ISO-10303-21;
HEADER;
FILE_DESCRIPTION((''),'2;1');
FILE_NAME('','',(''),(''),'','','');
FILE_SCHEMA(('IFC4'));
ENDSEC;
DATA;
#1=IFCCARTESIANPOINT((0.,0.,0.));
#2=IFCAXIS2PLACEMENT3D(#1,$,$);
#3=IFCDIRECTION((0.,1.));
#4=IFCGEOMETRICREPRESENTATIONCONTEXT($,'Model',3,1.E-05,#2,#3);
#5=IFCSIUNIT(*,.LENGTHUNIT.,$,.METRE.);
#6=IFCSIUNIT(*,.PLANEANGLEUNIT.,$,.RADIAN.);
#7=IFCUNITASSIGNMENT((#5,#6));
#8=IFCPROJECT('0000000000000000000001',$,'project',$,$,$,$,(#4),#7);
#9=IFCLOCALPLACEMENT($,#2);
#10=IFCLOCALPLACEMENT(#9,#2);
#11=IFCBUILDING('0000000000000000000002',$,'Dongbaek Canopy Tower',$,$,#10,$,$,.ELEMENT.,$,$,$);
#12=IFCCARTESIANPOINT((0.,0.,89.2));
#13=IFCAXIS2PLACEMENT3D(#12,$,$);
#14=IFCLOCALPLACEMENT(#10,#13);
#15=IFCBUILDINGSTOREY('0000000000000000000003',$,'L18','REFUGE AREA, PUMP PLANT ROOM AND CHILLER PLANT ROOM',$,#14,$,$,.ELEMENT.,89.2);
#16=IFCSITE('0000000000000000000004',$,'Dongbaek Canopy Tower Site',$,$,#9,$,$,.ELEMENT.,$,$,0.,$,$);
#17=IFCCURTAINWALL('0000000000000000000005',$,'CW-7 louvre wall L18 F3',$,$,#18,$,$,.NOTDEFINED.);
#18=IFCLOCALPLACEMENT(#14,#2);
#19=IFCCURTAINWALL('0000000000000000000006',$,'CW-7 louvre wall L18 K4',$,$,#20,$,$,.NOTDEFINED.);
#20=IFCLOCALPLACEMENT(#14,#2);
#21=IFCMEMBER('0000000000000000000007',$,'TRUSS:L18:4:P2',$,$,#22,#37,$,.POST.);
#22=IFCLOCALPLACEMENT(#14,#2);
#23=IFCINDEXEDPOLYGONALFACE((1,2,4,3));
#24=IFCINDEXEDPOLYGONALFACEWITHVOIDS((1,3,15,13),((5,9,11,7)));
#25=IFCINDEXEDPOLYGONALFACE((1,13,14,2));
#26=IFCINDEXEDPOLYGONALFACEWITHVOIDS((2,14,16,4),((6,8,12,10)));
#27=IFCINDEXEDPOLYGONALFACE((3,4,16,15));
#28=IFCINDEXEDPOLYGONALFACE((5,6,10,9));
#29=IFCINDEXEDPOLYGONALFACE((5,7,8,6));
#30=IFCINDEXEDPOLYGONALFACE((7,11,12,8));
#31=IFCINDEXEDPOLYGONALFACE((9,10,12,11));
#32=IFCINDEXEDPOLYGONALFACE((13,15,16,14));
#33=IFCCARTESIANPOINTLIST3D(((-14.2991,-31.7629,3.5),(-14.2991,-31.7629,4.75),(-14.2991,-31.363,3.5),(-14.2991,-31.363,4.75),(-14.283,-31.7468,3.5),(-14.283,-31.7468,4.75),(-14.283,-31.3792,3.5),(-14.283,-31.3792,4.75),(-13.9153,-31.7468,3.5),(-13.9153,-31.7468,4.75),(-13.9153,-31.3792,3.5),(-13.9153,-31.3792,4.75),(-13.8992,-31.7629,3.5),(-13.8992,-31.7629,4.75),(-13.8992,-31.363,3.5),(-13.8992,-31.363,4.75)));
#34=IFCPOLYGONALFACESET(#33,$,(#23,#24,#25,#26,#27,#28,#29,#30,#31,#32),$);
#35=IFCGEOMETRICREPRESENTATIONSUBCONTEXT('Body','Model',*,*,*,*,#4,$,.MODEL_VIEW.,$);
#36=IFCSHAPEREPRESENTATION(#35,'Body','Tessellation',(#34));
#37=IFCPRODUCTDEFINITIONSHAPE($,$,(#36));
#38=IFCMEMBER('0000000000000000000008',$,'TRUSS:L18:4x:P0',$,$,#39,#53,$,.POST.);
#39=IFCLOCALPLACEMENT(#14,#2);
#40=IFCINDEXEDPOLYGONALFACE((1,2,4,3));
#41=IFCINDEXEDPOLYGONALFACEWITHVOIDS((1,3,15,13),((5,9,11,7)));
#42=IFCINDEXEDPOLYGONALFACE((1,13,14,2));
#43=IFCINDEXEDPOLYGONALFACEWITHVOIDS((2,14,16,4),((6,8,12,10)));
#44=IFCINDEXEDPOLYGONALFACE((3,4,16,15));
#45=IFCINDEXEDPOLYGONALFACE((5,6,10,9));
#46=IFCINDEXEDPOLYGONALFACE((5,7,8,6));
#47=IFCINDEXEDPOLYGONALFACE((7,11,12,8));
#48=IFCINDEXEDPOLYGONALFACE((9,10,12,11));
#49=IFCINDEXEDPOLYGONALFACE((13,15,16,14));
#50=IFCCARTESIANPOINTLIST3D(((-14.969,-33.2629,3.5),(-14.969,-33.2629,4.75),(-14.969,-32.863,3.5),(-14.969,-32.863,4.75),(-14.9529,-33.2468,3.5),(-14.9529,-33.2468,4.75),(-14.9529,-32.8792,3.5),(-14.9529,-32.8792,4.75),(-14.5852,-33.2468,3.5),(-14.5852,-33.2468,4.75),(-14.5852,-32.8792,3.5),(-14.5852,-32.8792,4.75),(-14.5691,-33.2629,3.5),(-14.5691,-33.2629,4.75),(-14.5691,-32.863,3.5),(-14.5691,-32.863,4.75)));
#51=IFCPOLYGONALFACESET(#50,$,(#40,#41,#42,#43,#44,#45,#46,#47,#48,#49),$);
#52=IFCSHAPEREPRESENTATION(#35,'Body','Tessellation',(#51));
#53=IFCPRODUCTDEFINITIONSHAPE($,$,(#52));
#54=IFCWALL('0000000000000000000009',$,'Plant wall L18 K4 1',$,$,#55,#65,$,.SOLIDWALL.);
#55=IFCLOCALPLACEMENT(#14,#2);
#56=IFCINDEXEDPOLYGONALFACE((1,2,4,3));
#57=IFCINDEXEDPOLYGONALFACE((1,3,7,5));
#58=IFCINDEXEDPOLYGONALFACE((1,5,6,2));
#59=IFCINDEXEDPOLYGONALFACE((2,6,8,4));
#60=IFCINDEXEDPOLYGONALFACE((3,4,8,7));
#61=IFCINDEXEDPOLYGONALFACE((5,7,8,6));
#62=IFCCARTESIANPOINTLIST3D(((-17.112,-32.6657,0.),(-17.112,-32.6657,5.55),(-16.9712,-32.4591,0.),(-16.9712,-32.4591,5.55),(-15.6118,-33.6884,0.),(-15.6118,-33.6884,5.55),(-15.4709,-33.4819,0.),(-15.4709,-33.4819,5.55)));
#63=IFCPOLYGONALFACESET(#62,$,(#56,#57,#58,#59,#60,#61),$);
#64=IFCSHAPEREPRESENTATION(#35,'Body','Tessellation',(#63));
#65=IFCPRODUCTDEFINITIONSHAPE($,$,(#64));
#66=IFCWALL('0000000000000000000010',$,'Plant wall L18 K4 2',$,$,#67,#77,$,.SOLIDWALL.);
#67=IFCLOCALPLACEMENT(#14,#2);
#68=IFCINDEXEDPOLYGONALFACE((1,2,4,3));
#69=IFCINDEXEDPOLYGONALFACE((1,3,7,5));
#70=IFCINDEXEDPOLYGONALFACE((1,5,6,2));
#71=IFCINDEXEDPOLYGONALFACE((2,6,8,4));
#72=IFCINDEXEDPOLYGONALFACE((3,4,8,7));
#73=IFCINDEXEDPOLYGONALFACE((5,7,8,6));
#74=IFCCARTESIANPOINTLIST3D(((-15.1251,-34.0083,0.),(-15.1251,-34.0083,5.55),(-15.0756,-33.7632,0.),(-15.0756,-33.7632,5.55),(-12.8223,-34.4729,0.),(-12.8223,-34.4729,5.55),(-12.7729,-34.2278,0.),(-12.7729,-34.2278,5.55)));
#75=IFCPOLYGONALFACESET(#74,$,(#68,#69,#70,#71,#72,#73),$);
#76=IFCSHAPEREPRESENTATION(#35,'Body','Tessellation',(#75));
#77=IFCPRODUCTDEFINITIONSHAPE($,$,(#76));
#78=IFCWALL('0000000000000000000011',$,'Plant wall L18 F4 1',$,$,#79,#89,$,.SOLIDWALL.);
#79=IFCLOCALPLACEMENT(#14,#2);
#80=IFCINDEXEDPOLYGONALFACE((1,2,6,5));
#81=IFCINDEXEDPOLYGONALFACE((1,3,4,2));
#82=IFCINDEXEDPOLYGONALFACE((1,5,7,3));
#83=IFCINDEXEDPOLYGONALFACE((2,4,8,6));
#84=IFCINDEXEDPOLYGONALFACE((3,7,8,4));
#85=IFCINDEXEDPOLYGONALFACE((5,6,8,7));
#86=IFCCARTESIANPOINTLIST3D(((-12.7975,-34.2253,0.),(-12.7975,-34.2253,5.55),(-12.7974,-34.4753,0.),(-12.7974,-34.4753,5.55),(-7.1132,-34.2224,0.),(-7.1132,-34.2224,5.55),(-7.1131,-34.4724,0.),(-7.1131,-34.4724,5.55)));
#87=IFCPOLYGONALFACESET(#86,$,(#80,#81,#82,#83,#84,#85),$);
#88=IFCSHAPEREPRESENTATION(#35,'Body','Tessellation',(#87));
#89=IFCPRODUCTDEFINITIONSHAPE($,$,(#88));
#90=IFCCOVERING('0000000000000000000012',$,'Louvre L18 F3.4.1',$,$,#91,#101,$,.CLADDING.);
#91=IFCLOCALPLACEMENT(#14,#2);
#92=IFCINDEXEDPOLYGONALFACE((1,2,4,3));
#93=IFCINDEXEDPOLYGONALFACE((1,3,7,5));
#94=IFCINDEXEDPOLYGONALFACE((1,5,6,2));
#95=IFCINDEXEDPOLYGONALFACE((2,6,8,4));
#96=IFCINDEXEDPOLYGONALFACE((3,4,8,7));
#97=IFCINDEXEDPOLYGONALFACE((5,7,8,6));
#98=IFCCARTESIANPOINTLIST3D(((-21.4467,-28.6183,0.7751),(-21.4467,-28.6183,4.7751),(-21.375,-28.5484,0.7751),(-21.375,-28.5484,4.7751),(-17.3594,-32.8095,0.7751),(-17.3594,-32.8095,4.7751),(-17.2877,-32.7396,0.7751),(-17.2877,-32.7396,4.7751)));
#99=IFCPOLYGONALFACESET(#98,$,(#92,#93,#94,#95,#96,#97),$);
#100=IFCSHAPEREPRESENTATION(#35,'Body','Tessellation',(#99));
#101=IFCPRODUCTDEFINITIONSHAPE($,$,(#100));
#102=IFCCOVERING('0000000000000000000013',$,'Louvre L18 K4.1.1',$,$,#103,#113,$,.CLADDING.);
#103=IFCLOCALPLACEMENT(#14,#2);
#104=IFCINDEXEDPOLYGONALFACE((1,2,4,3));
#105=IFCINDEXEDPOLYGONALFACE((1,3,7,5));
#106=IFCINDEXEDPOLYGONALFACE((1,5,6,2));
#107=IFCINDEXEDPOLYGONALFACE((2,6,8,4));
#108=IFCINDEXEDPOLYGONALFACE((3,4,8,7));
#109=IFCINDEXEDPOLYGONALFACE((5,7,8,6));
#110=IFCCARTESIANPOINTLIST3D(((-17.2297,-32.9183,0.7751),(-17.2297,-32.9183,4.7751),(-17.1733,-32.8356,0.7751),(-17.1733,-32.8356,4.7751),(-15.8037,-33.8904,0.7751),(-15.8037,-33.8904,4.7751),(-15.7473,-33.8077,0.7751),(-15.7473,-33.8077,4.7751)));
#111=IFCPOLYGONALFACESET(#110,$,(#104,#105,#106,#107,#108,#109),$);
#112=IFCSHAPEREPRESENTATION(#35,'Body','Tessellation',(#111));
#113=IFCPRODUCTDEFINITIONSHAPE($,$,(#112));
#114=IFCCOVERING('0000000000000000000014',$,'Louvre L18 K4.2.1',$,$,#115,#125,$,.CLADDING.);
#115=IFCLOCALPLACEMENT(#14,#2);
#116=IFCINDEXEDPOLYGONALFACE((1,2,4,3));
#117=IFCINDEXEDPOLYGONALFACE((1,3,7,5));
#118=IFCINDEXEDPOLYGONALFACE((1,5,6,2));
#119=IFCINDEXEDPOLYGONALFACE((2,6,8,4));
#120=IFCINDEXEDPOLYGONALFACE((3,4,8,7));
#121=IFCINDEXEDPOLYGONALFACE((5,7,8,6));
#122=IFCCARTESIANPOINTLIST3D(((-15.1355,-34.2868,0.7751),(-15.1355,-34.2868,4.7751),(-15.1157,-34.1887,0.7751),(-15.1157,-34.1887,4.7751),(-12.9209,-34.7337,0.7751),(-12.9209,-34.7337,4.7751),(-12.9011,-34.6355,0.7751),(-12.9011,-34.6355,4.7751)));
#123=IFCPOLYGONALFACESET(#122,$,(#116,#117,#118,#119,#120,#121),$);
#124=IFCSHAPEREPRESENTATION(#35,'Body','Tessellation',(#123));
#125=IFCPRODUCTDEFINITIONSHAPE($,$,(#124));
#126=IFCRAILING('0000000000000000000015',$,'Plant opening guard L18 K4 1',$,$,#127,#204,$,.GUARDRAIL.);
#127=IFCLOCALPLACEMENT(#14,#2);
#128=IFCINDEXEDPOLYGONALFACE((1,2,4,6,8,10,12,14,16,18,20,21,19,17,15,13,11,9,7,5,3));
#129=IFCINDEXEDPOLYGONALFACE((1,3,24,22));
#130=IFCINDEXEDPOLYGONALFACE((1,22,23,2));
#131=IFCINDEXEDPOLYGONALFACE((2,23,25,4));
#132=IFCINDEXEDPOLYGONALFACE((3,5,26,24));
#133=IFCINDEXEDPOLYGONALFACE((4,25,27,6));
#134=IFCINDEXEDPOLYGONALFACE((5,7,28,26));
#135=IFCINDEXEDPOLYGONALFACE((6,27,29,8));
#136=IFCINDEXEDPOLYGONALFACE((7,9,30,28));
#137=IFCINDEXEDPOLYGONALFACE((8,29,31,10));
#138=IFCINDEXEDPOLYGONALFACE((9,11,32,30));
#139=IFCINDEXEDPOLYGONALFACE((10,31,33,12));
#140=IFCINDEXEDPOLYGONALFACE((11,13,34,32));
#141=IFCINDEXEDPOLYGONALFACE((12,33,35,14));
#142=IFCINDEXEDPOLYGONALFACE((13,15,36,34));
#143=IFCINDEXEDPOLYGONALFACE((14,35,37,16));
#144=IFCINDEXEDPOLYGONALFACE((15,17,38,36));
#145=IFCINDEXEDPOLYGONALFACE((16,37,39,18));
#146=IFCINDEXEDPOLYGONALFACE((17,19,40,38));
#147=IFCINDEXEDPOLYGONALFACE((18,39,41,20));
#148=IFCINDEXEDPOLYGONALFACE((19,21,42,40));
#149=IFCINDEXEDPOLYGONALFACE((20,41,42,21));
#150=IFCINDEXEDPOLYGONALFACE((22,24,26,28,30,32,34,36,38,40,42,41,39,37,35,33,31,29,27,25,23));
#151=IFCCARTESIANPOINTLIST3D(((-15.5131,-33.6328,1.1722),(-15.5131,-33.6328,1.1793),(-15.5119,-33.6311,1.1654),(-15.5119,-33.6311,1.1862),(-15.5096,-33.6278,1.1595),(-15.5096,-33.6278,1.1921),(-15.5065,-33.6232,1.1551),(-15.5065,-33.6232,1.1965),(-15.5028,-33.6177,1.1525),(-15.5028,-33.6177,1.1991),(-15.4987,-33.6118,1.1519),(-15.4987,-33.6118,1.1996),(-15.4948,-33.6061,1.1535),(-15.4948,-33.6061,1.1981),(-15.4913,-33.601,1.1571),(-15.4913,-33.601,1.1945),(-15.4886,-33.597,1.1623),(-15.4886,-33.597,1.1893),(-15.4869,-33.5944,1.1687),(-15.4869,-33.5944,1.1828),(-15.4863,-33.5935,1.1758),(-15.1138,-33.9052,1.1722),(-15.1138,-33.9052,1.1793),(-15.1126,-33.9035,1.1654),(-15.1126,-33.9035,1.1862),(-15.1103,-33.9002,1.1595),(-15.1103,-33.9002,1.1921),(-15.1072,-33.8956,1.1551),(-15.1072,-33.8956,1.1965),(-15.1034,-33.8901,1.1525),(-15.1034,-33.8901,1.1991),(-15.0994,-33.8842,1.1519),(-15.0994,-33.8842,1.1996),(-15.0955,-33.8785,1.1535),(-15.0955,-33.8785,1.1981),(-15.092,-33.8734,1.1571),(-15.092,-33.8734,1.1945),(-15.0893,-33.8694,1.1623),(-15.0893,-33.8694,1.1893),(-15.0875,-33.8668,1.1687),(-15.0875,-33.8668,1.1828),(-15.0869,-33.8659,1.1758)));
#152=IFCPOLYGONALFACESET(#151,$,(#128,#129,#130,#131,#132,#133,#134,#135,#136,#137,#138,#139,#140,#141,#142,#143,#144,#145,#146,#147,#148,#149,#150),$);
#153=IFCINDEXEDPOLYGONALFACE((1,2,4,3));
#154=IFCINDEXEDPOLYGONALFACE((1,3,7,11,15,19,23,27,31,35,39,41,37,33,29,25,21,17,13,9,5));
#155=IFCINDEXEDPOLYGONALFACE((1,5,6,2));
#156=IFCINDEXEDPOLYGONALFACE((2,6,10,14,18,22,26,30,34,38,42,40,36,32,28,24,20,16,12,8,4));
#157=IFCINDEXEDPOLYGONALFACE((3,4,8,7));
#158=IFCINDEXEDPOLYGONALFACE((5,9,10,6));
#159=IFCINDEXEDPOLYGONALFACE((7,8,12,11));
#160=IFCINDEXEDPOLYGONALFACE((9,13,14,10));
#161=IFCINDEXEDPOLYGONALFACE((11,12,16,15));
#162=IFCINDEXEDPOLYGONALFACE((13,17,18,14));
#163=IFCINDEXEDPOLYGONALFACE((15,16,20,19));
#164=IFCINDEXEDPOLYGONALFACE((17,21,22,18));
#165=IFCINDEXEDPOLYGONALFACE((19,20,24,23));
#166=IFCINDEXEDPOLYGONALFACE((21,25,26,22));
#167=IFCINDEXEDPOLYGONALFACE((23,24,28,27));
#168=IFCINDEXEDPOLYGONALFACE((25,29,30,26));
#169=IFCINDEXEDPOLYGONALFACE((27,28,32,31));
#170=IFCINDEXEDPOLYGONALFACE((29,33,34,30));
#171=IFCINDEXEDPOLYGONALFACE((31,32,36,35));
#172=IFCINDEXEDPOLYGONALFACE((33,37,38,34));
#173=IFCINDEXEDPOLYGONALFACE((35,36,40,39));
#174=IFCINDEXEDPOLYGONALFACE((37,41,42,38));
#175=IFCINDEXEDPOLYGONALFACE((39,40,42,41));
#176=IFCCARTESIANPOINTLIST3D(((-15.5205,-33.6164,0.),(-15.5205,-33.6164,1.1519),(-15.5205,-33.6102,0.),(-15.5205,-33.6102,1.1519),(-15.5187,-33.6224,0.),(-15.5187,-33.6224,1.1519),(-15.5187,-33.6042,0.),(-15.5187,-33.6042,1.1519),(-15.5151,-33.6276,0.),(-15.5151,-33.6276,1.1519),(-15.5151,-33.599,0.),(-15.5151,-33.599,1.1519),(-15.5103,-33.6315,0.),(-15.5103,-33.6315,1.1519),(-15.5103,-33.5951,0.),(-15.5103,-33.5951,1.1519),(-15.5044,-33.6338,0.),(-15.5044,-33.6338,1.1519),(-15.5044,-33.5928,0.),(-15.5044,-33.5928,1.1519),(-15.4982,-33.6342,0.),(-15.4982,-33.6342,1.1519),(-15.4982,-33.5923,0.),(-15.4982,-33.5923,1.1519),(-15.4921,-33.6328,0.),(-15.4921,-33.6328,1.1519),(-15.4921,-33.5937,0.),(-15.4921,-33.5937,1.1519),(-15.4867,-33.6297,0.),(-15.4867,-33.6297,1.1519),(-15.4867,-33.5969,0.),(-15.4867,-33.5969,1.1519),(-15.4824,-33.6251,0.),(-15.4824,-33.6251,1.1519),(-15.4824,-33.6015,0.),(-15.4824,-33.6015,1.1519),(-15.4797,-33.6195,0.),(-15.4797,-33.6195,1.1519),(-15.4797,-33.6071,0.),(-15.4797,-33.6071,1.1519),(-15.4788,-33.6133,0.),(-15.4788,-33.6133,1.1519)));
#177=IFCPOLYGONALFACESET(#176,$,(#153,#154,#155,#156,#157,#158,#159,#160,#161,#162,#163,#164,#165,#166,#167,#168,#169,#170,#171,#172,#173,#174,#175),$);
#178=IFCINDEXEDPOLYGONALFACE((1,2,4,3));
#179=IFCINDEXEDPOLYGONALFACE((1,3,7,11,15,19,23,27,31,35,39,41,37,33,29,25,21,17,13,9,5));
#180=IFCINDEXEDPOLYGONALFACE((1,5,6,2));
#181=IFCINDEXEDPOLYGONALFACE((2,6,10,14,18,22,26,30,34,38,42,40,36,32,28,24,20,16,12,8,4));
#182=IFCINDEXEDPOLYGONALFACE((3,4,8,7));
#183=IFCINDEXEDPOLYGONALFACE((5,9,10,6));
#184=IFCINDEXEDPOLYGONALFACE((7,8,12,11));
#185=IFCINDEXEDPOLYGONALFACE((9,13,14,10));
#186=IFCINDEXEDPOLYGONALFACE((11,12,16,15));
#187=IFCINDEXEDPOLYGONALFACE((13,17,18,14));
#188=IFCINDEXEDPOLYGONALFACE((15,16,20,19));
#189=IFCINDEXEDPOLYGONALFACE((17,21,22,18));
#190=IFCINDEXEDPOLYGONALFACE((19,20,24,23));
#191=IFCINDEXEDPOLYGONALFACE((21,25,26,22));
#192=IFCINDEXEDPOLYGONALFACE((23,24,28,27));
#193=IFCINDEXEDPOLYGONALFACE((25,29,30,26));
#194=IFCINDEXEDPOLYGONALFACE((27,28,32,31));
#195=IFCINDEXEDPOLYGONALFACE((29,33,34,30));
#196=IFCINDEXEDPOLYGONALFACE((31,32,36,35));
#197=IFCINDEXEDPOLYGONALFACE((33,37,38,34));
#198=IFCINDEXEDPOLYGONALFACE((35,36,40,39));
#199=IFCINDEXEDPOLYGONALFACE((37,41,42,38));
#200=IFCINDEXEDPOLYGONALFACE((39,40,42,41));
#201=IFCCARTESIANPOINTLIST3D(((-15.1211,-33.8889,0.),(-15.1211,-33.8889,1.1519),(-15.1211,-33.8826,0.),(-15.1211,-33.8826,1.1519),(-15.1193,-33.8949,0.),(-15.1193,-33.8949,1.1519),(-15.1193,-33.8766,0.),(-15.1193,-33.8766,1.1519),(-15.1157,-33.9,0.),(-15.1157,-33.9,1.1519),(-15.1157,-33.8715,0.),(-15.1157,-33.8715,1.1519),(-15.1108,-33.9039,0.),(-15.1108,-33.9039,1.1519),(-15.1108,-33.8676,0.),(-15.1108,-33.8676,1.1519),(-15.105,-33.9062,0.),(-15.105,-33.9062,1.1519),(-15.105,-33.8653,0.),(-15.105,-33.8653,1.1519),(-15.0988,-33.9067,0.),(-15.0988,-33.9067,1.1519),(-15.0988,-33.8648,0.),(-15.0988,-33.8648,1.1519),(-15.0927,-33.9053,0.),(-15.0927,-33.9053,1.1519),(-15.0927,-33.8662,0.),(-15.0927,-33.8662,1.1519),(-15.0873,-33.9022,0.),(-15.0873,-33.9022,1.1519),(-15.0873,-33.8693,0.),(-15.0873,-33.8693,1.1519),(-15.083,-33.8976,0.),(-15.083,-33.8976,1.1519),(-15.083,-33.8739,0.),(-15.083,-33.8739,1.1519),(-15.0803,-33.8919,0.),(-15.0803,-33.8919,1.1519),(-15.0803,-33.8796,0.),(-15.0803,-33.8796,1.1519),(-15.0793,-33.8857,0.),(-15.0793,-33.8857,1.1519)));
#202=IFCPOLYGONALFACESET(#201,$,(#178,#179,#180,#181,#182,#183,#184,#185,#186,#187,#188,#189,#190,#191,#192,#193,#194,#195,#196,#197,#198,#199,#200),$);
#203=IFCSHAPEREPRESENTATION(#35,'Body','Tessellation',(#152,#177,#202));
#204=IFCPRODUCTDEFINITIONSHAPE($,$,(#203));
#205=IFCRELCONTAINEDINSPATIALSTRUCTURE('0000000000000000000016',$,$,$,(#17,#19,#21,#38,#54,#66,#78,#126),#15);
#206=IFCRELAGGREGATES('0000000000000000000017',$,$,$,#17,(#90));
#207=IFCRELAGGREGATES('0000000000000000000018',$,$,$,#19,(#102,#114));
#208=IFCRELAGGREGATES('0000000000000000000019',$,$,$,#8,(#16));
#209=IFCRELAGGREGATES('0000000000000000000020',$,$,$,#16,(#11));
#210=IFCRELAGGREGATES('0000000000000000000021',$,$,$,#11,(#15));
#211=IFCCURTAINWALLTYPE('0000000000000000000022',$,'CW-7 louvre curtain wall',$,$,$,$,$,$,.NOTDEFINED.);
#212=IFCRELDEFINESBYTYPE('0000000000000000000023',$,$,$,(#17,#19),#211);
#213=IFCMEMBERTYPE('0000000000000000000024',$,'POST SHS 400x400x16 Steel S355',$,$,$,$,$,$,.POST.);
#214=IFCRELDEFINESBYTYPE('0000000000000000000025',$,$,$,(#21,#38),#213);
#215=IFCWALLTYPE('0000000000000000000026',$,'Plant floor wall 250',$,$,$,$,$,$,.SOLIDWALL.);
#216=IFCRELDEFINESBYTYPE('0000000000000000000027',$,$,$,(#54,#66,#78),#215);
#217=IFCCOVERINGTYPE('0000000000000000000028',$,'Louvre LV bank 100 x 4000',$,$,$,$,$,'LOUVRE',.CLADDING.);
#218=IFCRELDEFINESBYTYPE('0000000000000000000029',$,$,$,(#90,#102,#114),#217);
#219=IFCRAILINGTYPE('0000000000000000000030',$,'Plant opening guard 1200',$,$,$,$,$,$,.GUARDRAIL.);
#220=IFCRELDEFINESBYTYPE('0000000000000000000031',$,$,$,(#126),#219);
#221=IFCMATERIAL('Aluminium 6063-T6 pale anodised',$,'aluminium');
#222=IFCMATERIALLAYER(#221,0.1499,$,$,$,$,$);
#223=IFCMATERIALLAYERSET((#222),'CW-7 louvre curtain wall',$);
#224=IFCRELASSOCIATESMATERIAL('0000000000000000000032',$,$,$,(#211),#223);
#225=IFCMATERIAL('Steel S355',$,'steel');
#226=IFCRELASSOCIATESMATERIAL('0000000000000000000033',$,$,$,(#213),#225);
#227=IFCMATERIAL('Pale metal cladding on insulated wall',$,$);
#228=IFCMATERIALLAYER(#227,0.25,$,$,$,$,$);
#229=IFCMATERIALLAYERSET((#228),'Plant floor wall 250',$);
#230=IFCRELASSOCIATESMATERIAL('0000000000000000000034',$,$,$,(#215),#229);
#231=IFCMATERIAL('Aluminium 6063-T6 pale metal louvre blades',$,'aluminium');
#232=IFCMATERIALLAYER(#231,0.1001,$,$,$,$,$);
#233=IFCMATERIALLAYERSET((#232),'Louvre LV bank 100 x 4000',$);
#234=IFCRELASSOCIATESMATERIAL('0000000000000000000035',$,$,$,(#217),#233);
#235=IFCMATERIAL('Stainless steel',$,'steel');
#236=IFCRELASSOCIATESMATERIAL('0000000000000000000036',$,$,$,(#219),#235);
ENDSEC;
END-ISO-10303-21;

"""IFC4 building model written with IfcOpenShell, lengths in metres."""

from ifc_helpers import new_model, si_unit, direction, frame, frame_2d, origin, origin_2d, place, context, subcontext, project, spatial, rectangle, hollow_rectangle, circle, extrude, material, layer, layer_set, material_profile, profile_set, type_object, element, aggregate, save


model = new_model("IFC4")

# Units and contexts
model_context = context("Model", 3, precision=1e-05, world=origin(), true_north=direction((0.0, 1.0)))
body_context = subcontext(model_context, "Body", "Model", "MODEL_VIEW")
ifc_project = project(units=[si_unit("LENGTHUNIT", "METRE"), si_unit("PLANEANGLEUNIT", "RADIAN")], contexts=[model_context])

# Site, building, storey
site_placement = place(None, origin())
site = spatial("IfcSite", under=ifc_project, at=site_placement, Name="Dongbaek Canopy Tower Site", CompositionType="ELEMENT", RefElevation=0.0)
building_placement = place(site_placement, origin())
building = spatial("IfcBuilding", under=site, at=building_placement, Name="Dongbaek Canopy Tower", CompositionType="ELEMENT")
storey_placement = place(building_placement, frame((0.0, 0.0, 89.2)))
storey = spatial("IfcBuildingStorey", under=building, at=storey_placement, Name="L18", Description="REFUGE AREA, PUMP PLANT ROOM AND CHILLER PLANT ROOM", CompositionType="ELEMENT", Elevation=89.2)

# Curtain wall
ifc_material_1 = material(Name="Aluminium 6063-T6 pale anodised", Category="aluminium")
ifc_layer_1 = layer(ifc_material_1, 0.1499)
ifc_layer_set_1 = layer_set([ifc_layer_1], Name="CW-7 louvre curtain wall")
curtain_wall_type = type_object("IfcCurtainWallType", Name="CW-7 louvre curtain wall", PredefinedType="NOTDEFINED", material=ifc_layer_set_1)
curtain_wall_1_placement = place(storey_placement, origin())
curtain_wall_1 = element("IfcCurtainWall", 1, at=curtain_wall_1_placement, inside=storey, type_object=curtain_wall_type, Name="CW-7 louvre wall L18 F3", PredefinedType="NOTDEFINED")

# Curtain wall
curtain_wall_2_placement = place(storey_placement, origin())
curtain_wall_2 = element("IfcCurtainWall", 2, at=curtain_wall_2_placement, inside=storey, type_object=curtain_wall_type, Name="CW-7 louvre wall L18 K4", PredefinedType="NOTDEFINED")

# Members
ifc_material_2 = material(Name="Steel S355", Category="steel")
ifc_material_profile_1 = material_profile(ifc_material_2, hollow_rectangle(XDim=0.3999, YDim=0.3999, WallThickness=0.0161, at=origin_2d()), Name="POST SHS 400x400x16 Steel S355")
ifc_profile_set_1 = profile_set([ifc_material_profile_1], Name="Steel S355")
member_type_1 = type_object("IfcMemberType", Name="POST SHS 400x400x16 Steel S355", PredefinedType="POST", material=ifc_profile_set_1)
for number, where, z_axis, x_axis, name in (
    (3, (-14.0991, -31.563, 3.5), (0.0, 0.0, 1.0), (1.0, 0.0, 0.0), "TRUSS:L18:4:P2"),
    (4, (-14.769, -33.063, 3.5), (0.0, 0.0, 1.0), (1.0, 0.0, 0.0), "TRUSS:L18:4x:P0"),
):
    element("IfcMember", number, at=place(storey_placement, frame(where, z_axis=z_axis, x_axis=x_axis)), inside=storey, type_object=member_type_1, Name=name, PredefinedType="POST", context=body_context, shape_type="SweptSolid", body=[
        extrude(hollow_rectangle(XDim=0.3999, YDim=0.3999, WallThickness=0.0161, at=origin_2d()), origin(), (0.0, 0.0, 1.0), 1.25),
    ])

# Walls
ifc_material_3 = material(Name="Pale metal cladding on insulated wall")
ifc_layer_2 = layer(ifc_material_3, 0.25)
ifc_layer_set_2 = layer_set([ifc_layer_2], Name="Plant floor wall 250")
wall_type = type_object("IfcWallType", Name="Plant floor wall 250", PredefinedType="SOLIDWALL", material=ifc_layer_set_2)
wall_1_placement = place(storey_placement, frame((-17.0415, -32.5625, 0.0), z_axis=(0.0, 0.0, 1.0), x_axis=(0.826276, -0.563266, 0.0)))
element("IfcWall", 5, at=wall_1_placement, inside=storey, type_object=wall_type, Name="Plant wall L18 K4 1", PredefinedType="SOLIDWALL", context=body_context, shape_type="SweptSolid", body=[
    extrude(rectangle(XDim=1.8157, YDim=0.25, at=frame_2d((0.9077, 0.0))), origin(), (0.0, 0.0, 1.0), 5.55),
])
wall_2_placement = place(storey_placement, frame((-15.1003, -33.8857, 0.0), z_axis=(0.0, 0.0, 1.0), x_axis=(0.980248, -0.197775, 0.0)))
element("IfcWall", 6, at=wall_2_placement, inside=storey, type_object=wall_type, Name="Plant wall L18 K4 2", PredefinedType="SOLIDWALL", context=body_context, shape_type="SweptSolid", body=[
    extrude(rectangle(XDim=2.3491, YDim=0.25, at=frame_2d((1.1746, 0.0))), origin(), (0.0, 0.0, 1.0), 5.55),
])
wall_3_placement = place(storey_placement, frame((-12.7976, -34.3503, 0.0), z_axis=(0.0, 0.0, 1.0), x_axis=(1.0, 0.000515, 0.0)))
element("IfcWall", 7, at=wall_3_placement, inside=storey, type_object=wall_type, Name="Plant wall L18 F4 1", PredefinedType="SOLIDWALL", context=body_context, shape_type="SweptSolid", body=[
    extrude(rectangle(XDim=5.6843, YDim=0.25, at=frame_2d((2.8423, 0.0))), origin(), (0.0, 0.0, 1.0), 5.55),
])

# Coverings
ifc_material_4 = material(Name="Aluminium 6063-T6 pale metal louvre blades", Category="aluminium")
ifc_layer_3 = layer(ifc_material_4, 0.1001)
ifc_layer_set_3 = layer_set([ifc_layer_3], Name="Louvre LV bank 100 x 4000")
covering_type = type_object("IfcCoveringType", Name="Louvre LV bank 100 x 4000", ElementType="LOUVRE", PredefinedType="CLADDING", material=ifc_layer_set_3)
covering_1_placement = place(storey_placement, frame((-19.3672, -30.679, 0.7751), z_axis=(0.0, 0.0, 1.0), x_axis=(0.698181, -0.715921, 0.0)))
covering_1 = element("IfcCovering", 8, at=covering_1_placement, type_object=covering_type, Name="Louvre L18 F3.4.1", PredefinedType="CLADDING", context=body_context, shape_type="SweptSolid", body=[
    extrude(rectangle(XDim=5.8542, YDim=0.1001, at=origin_2d()), origin(), (0.0, 0.0, 1.0), 4.0),
])
covering_2_placement = place(storey_placement, frame((-16.4885, -33.363, 0.7751), z_axis=(0.0, 0.0, 1.0), x_axis=(0.82628, -0.56326, 0.0)))
covering_2 = element("IfcCovering", 9, at=covering_2_placement, type_object=covering_type, Name="Louvre L18 K4.1.1", PredefinedType="CLADDING", context=body_context, shape_type="SweptSolid", body=[
    extrude(rectangle(XDim=1.7258, YDim=0.1001, at=origin_2d()), origin(), (0.0, 0.0, 1.0), 4.0),
])
covering_3_placement = place(storey_placement, frame((-14.0183, -34.4612, 0.7751), z_axis=(0.0, 0.0, 1.0), x_axis=(0.980246, -0.19778, 0.0)))
covering_3 = element("IfcCovering", 10, at=covering_3_placement, type_object=covering_type, Name="Louvre L18 K4.2.1", PredefinedType="CLADDING", context=body_context, shape_type="SweptSolid", body=[
    extrude(rectangle(XDim=2.2593, YDim=0.1001, at=origin_2d()), origin(), (0.0, 0.0, 1.0), 4.0),
])

# Railing
ifc_material_5 = material(Name="Stainless steel", Category="steel")
railing_type = type_object("IfcRailingType", Name="Plant opening guard 1200", PredefinedType="GUARDRAIL", material=ifc_material_5)
railing_placement = place(storey_placement, frame((-15.4998, -33.6133, 0.0)))
element("IfcRailing", 11, at=railing_placement, inside=storey, type_object=railing_type, Name="Plant opening guard L18 K4 1", PredefinedType="GUARDRAIL", context=body_context, shape_type="SweptSolid", body=[
    extrude(circle(Radius=0.0239, at=origin_2d()), frame((0.0, 0.0, 1.1758), z_axis=(0.826099, -0.563525, 0.0), x_axis=(0.563525, 0.826099, 0.0)), (0.0, 0.0, 1.0), 0.4834),
    extrude(circle(Radius=0.021, at=origin_2d()), origin(), (0.0, 0.0, 1.0), 1.1519),
    extrude(circle(Radius=0.021, at=origin_2d()), frame((0.3994, -0.2725, 0.0)), (0.0, 0.0, 1.0), 1.1519),
])

aggregate(curtain_wall_1, [covering_1])
aggregate(curtain_wall_2, [covering_2, covering_3])

save(model, "model.ifc")
